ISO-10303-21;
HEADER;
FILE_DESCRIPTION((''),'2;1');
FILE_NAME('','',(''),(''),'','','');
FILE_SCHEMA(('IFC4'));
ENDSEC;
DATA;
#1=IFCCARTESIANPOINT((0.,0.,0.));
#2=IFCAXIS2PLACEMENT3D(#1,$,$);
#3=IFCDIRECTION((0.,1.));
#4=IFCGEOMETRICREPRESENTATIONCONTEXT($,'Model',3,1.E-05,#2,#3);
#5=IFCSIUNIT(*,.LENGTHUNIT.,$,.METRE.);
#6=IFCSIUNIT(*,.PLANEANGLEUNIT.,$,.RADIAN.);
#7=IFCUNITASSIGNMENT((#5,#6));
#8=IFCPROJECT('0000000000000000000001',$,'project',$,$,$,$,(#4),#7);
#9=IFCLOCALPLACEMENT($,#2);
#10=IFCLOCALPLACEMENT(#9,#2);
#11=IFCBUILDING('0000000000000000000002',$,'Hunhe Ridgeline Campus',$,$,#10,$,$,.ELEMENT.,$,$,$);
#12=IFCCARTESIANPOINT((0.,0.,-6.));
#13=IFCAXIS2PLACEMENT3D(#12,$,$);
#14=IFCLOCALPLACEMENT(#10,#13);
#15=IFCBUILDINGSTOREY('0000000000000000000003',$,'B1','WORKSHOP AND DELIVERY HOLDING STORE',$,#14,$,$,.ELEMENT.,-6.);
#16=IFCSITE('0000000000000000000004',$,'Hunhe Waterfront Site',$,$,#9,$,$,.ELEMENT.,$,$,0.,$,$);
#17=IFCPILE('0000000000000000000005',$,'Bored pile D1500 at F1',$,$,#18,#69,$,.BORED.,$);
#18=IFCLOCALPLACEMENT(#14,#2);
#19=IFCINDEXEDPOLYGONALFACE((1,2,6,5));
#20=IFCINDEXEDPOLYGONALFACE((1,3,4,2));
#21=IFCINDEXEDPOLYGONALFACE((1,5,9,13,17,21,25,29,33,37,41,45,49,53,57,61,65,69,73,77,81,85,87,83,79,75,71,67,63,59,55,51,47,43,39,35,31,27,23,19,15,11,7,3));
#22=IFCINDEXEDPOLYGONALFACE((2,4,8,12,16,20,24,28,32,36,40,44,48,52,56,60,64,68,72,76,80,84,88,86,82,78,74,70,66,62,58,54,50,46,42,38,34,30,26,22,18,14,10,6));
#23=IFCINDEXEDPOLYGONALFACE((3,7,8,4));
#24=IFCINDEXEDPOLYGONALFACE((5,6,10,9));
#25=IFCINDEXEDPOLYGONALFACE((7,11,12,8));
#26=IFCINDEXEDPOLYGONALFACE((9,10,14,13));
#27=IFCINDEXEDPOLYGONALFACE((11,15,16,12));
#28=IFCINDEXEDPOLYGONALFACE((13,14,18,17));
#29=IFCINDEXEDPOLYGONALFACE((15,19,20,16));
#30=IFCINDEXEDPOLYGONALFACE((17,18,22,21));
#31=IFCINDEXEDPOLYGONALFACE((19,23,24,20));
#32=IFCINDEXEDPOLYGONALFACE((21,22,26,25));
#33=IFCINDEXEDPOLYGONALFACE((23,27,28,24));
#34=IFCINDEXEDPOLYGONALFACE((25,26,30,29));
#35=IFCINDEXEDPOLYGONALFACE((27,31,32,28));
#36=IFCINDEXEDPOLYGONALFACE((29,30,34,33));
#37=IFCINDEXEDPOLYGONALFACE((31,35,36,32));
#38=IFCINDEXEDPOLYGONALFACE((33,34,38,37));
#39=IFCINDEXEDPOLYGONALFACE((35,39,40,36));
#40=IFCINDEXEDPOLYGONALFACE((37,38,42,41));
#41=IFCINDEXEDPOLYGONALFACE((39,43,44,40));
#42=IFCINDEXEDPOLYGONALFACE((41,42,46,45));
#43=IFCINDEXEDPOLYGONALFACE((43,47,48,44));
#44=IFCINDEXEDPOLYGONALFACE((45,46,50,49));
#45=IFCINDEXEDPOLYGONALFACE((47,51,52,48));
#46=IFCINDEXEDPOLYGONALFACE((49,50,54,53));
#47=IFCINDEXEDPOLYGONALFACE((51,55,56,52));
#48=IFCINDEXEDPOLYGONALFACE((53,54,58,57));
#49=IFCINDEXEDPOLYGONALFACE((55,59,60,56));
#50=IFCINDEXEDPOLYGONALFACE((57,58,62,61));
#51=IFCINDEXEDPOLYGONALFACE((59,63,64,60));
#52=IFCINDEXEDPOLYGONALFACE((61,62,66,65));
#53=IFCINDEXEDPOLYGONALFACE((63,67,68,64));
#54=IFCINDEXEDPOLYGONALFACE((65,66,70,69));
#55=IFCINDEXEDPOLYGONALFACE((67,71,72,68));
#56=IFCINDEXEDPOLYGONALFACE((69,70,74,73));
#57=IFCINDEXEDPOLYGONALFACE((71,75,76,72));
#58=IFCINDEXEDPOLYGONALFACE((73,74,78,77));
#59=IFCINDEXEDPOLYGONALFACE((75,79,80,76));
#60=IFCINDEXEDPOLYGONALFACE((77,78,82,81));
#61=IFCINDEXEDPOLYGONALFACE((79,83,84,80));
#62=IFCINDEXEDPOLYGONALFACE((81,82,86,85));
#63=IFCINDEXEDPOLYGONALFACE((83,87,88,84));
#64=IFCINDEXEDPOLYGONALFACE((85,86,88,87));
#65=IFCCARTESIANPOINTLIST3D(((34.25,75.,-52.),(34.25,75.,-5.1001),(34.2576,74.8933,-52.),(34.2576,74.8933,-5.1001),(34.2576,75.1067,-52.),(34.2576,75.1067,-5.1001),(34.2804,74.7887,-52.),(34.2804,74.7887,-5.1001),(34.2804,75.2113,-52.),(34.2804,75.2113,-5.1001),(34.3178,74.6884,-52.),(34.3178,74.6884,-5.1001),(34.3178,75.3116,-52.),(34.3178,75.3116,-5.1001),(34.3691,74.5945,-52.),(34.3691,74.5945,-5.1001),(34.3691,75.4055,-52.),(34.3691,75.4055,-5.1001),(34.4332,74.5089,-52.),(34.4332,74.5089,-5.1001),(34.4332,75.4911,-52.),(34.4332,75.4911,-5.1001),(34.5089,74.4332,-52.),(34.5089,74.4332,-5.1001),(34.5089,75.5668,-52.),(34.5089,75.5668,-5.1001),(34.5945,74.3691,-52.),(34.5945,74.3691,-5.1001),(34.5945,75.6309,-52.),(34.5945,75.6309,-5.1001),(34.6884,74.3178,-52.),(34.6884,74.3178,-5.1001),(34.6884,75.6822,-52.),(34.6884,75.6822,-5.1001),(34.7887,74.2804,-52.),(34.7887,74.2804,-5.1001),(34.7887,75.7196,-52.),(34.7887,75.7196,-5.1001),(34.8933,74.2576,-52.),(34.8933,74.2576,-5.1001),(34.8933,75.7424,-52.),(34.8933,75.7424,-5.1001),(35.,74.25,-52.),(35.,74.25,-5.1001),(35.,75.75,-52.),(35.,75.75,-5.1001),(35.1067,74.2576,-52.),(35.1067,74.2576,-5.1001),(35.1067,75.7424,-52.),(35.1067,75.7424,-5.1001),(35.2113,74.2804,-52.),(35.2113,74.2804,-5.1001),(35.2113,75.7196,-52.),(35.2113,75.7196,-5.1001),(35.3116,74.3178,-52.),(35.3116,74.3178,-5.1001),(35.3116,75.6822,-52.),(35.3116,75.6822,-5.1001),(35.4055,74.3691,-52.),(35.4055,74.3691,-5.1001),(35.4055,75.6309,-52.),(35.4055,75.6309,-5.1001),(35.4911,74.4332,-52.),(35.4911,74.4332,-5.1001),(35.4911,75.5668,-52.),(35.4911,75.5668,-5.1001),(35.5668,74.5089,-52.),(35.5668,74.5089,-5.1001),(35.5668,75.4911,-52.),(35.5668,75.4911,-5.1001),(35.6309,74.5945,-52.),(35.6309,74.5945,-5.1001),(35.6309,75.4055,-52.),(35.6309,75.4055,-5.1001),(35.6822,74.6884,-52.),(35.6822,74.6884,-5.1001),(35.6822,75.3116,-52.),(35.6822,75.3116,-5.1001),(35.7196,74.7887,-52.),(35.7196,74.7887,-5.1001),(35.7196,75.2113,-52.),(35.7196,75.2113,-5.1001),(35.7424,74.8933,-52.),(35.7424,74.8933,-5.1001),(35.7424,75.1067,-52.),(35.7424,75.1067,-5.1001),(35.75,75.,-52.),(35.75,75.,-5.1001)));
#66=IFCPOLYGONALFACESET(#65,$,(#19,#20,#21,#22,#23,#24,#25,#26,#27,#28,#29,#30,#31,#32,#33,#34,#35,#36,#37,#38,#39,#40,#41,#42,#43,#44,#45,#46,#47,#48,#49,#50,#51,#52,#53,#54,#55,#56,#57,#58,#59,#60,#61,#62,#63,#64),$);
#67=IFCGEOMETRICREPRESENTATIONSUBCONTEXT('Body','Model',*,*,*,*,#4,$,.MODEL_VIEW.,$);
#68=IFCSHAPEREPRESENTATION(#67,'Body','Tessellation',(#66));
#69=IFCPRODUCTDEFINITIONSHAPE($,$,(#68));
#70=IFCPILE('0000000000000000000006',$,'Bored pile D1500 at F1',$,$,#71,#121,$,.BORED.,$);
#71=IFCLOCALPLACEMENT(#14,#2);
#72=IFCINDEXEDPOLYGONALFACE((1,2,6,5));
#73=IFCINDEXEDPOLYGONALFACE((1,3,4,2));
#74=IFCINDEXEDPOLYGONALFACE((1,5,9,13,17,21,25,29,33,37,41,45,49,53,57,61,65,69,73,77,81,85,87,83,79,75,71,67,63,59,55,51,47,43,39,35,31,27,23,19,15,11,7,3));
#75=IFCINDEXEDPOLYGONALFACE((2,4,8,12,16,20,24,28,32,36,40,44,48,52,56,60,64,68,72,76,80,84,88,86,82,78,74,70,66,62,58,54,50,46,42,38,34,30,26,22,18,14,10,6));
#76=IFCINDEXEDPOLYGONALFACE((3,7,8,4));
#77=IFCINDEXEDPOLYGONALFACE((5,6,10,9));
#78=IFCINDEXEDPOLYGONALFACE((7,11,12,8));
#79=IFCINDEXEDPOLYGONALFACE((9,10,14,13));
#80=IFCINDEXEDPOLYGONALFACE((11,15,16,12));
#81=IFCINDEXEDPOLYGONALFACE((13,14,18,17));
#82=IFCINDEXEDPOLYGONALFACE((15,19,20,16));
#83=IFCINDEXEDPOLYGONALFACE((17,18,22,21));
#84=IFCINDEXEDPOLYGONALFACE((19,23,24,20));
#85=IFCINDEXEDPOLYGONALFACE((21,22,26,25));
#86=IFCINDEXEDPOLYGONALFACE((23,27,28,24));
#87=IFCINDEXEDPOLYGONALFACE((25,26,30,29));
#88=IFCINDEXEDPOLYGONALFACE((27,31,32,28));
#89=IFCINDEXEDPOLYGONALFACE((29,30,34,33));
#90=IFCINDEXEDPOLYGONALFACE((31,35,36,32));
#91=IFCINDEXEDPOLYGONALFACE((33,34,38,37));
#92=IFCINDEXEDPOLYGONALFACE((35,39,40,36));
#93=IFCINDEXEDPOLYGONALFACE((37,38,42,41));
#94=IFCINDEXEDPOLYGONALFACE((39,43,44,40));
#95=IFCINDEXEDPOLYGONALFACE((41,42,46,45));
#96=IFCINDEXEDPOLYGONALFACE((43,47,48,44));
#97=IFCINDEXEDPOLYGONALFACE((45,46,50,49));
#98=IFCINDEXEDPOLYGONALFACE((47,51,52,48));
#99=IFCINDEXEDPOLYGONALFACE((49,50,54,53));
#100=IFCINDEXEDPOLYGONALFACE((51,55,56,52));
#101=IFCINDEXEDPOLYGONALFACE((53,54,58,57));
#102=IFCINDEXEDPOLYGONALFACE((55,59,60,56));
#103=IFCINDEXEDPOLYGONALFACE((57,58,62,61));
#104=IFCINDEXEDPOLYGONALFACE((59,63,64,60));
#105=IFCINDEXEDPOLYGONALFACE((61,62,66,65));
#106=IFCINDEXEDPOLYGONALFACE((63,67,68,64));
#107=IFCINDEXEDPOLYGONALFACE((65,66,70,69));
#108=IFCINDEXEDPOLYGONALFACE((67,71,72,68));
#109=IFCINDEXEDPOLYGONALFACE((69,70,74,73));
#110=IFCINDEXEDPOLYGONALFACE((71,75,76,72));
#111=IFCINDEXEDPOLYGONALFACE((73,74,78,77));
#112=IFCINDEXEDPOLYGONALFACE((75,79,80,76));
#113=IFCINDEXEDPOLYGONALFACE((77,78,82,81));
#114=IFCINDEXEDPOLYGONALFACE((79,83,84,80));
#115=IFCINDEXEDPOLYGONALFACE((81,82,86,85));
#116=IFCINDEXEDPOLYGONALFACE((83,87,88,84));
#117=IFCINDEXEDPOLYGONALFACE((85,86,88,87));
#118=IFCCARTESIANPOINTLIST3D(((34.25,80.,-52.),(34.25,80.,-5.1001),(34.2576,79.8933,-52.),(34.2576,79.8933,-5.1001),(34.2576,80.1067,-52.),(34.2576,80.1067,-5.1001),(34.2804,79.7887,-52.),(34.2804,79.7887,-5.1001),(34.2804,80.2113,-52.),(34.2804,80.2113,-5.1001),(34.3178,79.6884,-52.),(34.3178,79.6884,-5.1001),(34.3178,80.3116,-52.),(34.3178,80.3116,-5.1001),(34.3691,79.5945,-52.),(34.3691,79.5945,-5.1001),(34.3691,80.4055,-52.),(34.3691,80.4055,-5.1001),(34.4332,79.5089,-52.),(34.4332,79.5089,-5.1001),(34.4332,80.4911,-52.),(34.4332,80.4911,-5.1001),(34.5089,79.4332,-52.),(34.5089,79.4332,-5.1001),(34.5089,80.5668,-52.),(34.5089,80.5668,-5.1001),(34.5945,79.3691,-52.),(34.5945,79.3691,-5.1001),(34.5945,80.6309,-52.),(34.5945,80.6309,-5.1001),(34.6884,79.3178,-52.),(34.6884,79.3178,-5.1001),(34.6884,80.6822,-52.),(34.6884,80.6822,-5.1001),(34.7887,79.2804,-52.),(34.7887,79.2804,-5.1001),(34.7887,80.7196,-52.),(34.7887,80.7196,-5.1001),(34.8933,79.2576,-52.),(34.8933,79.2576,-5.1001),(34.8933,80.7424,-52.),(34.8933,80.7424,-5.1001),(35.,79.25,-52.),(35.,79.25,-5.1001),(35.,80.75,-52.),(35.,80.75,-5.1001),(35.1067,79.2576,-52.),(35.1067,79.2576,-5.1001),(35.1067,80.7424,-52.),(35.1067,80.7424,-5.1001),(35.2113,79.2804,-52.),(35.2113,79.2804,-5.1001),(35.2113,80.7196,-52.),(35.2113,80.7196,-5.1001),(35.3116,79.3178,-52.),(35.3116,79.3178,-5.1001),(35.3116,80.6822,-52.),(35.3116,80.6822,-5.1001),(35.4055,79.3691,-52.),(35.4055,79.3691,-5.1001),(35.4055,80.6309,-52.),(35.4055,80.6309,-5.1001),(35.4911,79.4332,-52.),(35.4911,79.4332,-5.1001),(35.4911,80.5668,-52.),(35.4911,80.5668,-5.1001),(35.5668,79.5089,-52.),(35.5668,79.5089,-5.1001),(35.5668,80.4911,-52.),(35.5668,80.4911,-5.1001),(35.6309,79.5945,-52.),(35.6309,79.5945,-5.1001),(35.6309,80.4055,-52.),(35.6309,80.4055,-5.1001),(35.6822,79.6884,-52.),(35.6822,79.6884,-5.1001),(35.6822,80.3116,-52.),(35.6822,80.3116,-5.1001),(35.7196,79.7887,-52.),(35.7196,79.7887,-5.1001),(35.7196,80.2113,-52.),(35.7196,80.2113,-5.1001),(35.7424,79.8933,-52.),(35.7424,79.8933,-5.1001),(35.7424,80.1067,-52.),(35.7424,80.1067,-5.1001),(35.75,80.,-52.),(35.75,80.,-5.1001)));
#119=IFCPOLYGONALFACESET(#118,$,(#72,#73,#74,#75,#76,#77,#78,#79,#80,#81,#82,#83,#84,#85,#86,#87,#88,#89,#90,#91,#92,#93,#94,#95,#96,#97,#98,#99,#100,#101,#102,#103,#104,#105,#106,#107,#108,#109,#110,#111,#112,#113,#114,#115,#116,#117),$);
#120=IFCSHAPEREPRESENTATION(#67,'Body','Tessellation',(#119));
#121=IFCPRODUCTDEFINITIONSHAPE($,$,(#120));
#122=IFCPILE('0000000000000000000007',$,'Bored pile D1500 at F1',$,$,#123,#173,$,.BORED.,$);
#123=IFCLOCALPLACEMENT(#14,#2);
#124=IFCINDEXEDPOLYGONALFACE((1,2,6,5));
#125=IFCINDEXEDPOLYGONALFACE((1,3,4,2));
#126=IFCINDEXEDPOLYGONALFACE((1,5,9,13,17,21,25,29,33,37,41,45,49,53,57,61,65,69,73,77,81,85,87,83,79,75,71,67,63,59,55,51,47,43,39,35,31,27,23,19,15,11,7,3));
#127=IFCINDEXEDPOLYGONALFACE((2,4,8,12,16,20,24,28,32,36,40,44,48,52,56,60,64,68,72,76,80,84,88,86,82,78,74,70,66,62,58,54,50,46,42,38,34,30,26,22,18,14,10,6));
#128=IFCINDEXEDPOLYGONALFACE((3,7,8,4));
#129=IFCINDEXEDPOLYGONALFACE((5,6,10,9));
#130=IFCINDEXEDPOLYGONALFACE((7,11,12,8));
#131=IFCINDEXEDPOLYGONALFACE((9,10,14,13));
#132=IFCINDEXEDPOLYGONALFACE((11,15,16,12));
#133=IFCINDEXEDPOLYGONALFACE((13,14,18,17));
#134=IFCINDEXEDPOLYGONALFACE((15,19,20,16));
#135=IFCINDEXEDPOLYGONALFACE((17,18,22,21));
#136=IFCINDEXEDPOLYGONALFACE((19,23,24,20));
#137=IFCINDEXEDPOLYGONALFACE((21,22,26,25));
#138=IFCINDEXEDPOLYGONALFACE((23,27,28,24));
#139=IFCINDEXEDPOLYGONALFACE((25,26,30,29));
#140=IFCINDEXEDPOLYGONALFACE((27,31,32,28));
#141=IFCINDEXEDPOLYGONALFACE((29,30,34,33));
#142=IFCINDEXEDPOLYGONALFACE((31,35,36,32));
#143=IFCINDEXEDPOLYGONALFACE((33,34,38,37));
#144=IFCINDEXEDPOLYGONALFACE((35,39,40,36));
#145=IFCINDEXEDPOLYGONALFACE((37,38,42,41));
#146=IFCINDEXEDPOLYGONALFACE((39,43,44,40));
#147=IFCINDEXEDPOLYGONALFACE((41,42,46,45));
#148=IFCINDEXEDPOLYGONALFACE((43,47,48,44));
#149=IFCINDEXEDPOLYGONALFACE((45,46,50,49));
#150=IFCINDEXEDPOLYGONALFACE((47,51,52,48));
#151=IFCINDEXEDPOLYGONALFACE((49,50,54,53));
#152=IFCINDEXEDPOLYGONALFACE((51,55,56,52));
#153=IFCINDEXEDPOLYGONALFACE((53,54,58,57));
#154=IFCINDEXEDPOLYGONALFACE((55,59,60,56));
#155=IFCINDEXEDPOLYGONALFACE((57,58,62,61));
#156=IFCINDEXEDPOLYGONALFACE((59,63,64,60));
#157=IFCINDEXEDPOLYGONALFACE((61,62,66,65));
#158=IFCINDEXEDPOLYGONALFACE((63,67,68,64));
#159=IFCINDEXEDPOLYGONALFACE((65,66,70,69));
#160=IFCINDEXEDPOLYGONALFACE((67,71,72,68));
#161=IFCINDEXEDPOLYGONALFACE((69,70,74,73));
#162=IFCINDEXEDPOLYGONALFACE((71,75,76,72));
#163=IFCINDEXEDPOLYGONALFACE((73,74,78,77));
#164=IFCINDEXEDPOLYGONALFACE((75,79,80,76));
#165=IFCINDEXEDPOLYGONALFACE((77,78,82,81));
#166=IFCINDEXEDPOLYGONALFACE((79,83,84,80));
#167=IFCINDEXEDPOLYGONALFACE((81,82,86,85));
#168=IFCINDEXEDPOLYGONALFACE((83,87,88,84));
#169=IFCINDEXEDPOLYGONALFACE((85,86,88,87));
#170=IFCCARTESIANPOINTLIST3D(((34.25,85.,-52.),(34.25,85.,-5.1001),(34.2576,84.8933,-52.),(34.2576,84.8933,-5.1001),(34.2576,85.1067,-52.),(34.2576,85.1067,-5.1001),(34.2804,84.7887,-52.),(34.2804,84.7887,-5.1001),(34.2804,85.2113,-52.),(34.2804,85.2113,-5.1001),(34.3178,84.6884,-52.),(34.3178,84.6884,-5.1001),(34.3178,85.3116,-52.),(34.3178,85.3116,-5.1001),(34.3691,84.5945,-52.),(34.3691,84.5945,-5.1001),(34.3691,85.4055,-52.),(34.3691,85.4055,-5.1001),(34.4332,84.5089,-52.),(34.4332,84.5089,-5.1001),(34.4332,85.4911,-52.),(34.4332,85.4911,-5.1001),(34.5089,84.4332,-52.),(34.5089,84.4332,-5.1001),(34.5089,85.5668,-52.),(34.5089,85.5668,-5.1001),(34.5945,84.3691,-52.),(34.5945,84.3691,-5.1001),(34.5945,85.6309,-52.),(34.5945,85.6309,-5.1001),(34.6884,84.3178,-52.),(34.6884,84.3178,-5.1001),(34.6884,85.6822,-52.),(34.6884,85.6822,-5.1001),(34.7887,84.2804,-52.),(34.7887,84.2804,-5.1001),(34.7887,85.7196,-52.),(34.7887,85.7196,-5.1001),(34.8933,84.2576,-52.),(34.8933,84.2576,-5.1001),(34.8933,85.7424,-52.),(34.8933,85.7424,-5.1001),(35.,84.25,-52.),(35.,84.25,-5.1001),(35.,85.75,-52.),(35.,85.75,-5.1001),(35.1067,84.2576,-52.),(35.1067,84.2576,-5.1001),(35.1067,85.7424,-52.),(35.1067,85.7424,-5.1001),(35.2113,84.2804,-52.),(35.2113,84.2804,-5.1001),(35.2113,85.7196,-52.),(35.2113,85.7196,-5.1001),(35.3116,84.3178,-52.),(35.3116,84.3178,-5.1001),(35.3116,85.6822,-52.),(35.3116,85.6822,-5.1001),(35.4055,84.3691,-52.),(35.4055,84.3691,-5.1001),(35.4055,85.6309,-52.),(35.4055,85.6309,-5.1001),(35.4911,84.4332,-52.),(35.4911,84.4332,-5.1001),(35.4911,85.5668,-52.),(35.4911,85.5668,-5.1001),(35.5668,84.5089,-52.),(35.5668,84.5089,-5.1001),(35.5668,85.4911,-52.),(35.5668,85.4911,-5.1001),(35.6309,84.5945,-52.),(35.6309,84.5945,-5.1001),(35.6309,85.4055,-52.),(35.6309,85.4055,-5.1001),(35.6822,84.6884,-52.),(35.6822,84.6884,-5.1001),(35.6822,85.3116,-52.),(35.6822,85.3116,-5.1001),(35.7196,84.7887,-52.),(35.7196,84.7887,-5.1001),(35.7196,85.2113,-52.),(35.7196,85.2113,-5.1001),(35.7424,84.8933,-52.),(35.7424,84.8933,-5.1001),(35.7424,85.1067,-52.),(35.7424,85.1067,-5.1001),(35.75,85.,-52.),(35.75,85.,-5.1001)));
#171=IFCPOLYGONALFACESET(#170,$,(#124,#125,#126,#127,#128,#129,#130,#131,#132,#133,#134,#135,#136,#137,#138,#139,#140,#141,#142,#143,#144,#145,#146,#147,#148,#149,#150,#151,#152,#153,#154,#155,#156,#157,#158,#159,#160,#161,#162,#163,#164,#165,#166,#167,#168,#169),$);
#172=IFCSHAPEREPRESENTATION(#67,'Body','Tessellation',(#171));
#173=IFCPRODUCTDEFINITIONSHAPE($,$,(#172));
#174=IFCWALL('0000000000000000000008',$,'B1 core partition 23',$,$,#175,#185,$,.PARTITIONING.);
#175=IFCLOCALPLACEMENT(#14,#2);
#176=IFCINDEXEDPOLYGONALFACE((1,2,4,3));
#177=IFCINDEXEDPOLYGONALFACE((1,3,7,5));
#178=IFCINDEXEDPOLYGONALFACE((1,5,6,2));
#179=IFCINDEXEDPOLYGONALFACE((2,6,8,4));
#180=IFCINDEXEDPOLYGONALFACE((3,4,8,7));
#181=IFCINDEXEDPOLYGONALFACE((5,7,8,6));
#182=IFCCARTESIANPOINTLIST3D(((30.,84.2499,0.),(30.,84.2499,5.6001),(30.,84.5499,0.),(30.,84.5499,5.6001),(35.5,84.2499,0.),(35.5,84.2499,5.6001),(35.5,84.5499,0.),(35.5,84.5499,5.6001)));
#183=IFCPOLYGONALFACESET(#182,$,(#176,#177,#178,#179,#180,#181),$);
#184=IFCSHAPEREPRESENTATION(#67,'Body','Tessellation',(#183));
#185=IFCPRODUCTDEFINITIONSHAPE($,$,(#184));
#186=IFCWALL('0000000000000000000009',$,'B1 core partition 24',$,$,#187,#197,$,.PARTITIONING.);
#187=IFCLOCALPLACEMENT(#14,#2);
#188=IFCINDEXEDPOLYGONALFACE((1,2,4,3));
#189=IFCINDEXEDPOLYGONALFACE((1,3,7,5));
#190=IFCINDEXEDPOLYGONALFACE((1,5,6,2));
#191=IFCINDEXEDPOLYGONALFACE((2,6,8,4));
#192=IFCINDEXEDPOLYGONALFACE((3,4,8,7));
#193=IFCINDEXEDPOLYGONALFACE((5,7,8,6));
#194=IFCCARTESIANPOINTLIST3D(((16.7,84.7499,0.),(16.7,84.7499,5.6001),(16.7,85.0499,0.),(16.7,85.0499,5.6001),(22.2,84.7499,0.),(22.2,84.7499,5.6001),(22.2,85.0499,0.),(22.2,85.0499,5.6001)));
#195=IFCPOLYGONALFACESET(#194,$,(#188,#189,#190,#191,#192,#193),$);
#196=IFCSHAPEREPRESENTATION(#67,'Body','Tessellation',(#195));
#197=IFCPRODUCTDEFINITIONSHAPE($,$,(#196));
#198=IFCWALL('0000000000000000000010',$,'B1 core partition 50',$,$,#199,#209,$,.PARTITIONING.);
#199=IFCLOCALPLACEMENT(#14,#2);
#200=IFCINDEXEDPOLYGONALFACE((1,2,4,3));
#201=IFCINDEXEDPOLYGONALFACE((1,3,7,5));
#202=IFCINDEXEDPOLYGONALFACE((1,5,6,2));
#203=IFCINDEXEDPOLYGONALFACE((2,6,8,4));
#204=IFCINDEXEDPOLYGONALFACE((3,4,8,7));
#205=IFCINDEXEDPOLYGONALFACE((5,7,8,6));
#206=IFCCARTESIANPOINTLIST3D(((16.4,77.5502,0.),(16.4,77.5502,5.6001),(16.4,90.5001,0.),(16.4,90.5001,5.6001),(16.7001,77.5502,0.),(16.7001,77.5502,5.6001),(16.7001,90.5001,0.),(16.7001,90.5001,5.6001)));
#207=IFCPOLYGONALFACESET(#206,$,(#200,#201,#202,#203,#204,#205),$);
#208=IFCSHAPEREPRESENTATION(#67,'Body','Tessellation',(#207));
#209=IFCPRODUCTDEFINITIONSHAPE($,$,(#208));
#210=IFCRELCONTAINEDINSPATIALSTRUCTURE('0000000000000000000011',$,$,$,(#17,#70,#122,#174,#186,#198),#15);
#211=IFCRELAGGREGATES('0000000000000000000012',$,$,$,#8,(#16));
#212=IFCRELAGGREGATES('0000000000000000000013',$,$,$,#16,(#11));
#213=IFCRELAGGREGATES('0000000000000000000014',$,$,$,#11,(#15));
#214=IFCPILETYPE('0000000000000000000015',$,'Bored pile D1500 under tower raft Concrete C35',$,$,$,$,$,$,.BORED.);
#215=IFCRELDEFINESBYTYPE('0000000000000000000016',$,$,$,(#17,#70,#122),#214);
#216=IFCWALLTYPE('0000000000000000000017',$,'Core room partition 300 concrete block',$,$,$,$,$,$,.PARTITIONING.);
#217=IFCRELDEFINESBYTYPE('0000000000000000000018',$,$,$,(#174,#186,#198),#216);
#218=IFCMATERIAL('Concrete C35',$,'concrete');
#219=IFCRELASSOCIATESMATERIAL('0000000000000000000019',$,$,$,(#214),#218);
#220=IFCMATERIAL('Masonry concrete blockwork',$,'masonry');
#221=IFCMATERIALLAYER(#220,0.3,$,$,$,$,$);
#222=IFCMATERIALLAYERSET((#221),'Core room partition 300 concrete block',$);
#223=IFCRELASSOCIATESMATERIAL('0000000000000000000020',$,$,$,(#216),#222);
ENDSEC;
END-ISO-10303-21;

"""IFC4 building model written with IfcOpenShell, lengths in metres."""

from ifc_helpers import new_model, si_unit, direction, frame, frame_2d, origin, origin_2d, place, context, subcontext, project, spatial, rectangle, circle, extrude, material, layer, layer_set, material_profile, profile_set, type_object, element, save


model = new_model("IFC4")

# Units and contexts
model_context = context("Model", 3, precision=1e-05, world=origin(), true_north=direction((0.0, 1.0)))
body_context = subcontext(model_context, "Body", "Model", "MODEL_VIEW")
ifc_project = project(units=[si_unit("LENGTHUNIT", "METRE"), si_unit("PLANEANGLEUNIT", "RADIAN")], contexts=[model_context])

# Site, building, storey
site_placement = place(None, origin())
site = spatial("IfcSite", under=ifc_project, at=site_placement, Name="Hunhe Waterfront Site", CompositionType="ELEMENT", RefElevation=0.0)
building_placement = place(site_placement, origin())
building = spatial("IfcBuilding", under=site, at=building_placement, Name="Hunhe Ridgeline Campus", CompositionType="ELEMENT")
storey_placement = place(building_placement, frame((0.0, 0.0, -6.0)))
storey = spatial("IfcBuildingStorey", under=building, at=storey_placement, Name="B1", Description="WORKSHOP AND DELIVERY HOLDING STORE", CompositionType="ELEMENT", Elevation=-6.0)

# Piles
ifc_material_1 = material(Name="Concrete C35", Category="concrete")
ifc_material_profile = material_profile(ifc_material_1, circle(Radius=0.75, at=origin_2d()))
ifc_profile_set = profile_set([ifc_material_profile], Name="Concrete C35")
pile_type = type_object("IfcPileType", Name="Bored pile D1500 under tower raft Concrete C35", PredefinedType="BORED", material=ifc_profile_set)
for number, where, z_axis, x_axis, name in (
    (1, (35.0, 75.0, -5.1001), (0.0, 0.0, -1.0), (1.0, 0.0, 0.0), "Bored pile D1500 at F1"),
    (2, (35.0, 80.0, -5.1001), (0.0, 0.0, -1.0), (1.0, 0.0, 0.0), "Bored pile D1500 at F1"),
    (3, (35.0, 85.0, -5.1001), (0.0, 0.0, -1.0), (1.0, 0.0, 0.0), "Bored pile D1500 at F1"),
):
    element("IfcPile", number, at=place(storey_placement, frame(where, z_axis=z_axis, x_axis=x_axis)), inside=storey, type_object=pile_type, Name=name, PredefinedType="BORED", context=body_context, shape_type="SweptSolid", body=[
        extrude(circle(Radius=0.75, at=origin_2d()), origin(), (0.0, 0.0, 1.0), 46.8999),
    ])

# Walls
ifc_material_2 = material(Name="Masonry concrete blockwork", Category="masonry")
ifc_layer_1 = layer(ifc_material_2, 0.3)
ifc_layer_set_1 = layer_set([ifc_layer_1], Name="Core room partition 300 concrete block")
wall_type_1 = type_object("IfcWallType", Name="Core room partition 300 concrete block", PredefinedType="PARTITIONING", material=ifc_layer_set_1)
for number, where, z_axis, x_axis, name in (
    (4, (30.0, 84.3999, 0.0), (0.0, 0.0, 1.0), (1.0, 0.0, 0.0), "B1 core partition 23"),
    (5, (16.7, 84.8999, 0.0), (0.0, 0.0, 1.0), (1.0, 0.0, 0.0), "B1 core partition 24"),
):
    element("IfcWall", number, at=place(storey_placement, frame(where, z_axis=z_axis, x_axis=x_axis)), inside=storey, type_object=wall_type_1, Name=name, PredefinedType="PARTITIONING", context=body_context, shape_type="SweptSolid", body=[
        extrude(rectangle(XDim=5.5, YDim=0.3, at=frame_2d((2.75, 0.0))), origin(), (0.0, 0.0, 1.0), 5.6001),
    ])
wall_1_placement = place(storey_placement, frame((16.55, 77.55, 0.0), z_axis=(0.0, 0.0, 1.0), x_axis=(0.0, 1.0, 0.0)))
element("IfcWall", 6, at=wall_1_placement, inside=storey, type_object=wall_type_1, Name="B1 core partition 50", PredefinedType="PARTITIONING", context=body_context, shape_type="SweptSolid", body=[
    extrude(rectangle(XDim=12.95, YDim=0.3, at=frame_2d((6.4751, 0.0))), origin(), (0.0, 0.0, 1.0), 5.6001),
])

save(model, "model.ifc")
